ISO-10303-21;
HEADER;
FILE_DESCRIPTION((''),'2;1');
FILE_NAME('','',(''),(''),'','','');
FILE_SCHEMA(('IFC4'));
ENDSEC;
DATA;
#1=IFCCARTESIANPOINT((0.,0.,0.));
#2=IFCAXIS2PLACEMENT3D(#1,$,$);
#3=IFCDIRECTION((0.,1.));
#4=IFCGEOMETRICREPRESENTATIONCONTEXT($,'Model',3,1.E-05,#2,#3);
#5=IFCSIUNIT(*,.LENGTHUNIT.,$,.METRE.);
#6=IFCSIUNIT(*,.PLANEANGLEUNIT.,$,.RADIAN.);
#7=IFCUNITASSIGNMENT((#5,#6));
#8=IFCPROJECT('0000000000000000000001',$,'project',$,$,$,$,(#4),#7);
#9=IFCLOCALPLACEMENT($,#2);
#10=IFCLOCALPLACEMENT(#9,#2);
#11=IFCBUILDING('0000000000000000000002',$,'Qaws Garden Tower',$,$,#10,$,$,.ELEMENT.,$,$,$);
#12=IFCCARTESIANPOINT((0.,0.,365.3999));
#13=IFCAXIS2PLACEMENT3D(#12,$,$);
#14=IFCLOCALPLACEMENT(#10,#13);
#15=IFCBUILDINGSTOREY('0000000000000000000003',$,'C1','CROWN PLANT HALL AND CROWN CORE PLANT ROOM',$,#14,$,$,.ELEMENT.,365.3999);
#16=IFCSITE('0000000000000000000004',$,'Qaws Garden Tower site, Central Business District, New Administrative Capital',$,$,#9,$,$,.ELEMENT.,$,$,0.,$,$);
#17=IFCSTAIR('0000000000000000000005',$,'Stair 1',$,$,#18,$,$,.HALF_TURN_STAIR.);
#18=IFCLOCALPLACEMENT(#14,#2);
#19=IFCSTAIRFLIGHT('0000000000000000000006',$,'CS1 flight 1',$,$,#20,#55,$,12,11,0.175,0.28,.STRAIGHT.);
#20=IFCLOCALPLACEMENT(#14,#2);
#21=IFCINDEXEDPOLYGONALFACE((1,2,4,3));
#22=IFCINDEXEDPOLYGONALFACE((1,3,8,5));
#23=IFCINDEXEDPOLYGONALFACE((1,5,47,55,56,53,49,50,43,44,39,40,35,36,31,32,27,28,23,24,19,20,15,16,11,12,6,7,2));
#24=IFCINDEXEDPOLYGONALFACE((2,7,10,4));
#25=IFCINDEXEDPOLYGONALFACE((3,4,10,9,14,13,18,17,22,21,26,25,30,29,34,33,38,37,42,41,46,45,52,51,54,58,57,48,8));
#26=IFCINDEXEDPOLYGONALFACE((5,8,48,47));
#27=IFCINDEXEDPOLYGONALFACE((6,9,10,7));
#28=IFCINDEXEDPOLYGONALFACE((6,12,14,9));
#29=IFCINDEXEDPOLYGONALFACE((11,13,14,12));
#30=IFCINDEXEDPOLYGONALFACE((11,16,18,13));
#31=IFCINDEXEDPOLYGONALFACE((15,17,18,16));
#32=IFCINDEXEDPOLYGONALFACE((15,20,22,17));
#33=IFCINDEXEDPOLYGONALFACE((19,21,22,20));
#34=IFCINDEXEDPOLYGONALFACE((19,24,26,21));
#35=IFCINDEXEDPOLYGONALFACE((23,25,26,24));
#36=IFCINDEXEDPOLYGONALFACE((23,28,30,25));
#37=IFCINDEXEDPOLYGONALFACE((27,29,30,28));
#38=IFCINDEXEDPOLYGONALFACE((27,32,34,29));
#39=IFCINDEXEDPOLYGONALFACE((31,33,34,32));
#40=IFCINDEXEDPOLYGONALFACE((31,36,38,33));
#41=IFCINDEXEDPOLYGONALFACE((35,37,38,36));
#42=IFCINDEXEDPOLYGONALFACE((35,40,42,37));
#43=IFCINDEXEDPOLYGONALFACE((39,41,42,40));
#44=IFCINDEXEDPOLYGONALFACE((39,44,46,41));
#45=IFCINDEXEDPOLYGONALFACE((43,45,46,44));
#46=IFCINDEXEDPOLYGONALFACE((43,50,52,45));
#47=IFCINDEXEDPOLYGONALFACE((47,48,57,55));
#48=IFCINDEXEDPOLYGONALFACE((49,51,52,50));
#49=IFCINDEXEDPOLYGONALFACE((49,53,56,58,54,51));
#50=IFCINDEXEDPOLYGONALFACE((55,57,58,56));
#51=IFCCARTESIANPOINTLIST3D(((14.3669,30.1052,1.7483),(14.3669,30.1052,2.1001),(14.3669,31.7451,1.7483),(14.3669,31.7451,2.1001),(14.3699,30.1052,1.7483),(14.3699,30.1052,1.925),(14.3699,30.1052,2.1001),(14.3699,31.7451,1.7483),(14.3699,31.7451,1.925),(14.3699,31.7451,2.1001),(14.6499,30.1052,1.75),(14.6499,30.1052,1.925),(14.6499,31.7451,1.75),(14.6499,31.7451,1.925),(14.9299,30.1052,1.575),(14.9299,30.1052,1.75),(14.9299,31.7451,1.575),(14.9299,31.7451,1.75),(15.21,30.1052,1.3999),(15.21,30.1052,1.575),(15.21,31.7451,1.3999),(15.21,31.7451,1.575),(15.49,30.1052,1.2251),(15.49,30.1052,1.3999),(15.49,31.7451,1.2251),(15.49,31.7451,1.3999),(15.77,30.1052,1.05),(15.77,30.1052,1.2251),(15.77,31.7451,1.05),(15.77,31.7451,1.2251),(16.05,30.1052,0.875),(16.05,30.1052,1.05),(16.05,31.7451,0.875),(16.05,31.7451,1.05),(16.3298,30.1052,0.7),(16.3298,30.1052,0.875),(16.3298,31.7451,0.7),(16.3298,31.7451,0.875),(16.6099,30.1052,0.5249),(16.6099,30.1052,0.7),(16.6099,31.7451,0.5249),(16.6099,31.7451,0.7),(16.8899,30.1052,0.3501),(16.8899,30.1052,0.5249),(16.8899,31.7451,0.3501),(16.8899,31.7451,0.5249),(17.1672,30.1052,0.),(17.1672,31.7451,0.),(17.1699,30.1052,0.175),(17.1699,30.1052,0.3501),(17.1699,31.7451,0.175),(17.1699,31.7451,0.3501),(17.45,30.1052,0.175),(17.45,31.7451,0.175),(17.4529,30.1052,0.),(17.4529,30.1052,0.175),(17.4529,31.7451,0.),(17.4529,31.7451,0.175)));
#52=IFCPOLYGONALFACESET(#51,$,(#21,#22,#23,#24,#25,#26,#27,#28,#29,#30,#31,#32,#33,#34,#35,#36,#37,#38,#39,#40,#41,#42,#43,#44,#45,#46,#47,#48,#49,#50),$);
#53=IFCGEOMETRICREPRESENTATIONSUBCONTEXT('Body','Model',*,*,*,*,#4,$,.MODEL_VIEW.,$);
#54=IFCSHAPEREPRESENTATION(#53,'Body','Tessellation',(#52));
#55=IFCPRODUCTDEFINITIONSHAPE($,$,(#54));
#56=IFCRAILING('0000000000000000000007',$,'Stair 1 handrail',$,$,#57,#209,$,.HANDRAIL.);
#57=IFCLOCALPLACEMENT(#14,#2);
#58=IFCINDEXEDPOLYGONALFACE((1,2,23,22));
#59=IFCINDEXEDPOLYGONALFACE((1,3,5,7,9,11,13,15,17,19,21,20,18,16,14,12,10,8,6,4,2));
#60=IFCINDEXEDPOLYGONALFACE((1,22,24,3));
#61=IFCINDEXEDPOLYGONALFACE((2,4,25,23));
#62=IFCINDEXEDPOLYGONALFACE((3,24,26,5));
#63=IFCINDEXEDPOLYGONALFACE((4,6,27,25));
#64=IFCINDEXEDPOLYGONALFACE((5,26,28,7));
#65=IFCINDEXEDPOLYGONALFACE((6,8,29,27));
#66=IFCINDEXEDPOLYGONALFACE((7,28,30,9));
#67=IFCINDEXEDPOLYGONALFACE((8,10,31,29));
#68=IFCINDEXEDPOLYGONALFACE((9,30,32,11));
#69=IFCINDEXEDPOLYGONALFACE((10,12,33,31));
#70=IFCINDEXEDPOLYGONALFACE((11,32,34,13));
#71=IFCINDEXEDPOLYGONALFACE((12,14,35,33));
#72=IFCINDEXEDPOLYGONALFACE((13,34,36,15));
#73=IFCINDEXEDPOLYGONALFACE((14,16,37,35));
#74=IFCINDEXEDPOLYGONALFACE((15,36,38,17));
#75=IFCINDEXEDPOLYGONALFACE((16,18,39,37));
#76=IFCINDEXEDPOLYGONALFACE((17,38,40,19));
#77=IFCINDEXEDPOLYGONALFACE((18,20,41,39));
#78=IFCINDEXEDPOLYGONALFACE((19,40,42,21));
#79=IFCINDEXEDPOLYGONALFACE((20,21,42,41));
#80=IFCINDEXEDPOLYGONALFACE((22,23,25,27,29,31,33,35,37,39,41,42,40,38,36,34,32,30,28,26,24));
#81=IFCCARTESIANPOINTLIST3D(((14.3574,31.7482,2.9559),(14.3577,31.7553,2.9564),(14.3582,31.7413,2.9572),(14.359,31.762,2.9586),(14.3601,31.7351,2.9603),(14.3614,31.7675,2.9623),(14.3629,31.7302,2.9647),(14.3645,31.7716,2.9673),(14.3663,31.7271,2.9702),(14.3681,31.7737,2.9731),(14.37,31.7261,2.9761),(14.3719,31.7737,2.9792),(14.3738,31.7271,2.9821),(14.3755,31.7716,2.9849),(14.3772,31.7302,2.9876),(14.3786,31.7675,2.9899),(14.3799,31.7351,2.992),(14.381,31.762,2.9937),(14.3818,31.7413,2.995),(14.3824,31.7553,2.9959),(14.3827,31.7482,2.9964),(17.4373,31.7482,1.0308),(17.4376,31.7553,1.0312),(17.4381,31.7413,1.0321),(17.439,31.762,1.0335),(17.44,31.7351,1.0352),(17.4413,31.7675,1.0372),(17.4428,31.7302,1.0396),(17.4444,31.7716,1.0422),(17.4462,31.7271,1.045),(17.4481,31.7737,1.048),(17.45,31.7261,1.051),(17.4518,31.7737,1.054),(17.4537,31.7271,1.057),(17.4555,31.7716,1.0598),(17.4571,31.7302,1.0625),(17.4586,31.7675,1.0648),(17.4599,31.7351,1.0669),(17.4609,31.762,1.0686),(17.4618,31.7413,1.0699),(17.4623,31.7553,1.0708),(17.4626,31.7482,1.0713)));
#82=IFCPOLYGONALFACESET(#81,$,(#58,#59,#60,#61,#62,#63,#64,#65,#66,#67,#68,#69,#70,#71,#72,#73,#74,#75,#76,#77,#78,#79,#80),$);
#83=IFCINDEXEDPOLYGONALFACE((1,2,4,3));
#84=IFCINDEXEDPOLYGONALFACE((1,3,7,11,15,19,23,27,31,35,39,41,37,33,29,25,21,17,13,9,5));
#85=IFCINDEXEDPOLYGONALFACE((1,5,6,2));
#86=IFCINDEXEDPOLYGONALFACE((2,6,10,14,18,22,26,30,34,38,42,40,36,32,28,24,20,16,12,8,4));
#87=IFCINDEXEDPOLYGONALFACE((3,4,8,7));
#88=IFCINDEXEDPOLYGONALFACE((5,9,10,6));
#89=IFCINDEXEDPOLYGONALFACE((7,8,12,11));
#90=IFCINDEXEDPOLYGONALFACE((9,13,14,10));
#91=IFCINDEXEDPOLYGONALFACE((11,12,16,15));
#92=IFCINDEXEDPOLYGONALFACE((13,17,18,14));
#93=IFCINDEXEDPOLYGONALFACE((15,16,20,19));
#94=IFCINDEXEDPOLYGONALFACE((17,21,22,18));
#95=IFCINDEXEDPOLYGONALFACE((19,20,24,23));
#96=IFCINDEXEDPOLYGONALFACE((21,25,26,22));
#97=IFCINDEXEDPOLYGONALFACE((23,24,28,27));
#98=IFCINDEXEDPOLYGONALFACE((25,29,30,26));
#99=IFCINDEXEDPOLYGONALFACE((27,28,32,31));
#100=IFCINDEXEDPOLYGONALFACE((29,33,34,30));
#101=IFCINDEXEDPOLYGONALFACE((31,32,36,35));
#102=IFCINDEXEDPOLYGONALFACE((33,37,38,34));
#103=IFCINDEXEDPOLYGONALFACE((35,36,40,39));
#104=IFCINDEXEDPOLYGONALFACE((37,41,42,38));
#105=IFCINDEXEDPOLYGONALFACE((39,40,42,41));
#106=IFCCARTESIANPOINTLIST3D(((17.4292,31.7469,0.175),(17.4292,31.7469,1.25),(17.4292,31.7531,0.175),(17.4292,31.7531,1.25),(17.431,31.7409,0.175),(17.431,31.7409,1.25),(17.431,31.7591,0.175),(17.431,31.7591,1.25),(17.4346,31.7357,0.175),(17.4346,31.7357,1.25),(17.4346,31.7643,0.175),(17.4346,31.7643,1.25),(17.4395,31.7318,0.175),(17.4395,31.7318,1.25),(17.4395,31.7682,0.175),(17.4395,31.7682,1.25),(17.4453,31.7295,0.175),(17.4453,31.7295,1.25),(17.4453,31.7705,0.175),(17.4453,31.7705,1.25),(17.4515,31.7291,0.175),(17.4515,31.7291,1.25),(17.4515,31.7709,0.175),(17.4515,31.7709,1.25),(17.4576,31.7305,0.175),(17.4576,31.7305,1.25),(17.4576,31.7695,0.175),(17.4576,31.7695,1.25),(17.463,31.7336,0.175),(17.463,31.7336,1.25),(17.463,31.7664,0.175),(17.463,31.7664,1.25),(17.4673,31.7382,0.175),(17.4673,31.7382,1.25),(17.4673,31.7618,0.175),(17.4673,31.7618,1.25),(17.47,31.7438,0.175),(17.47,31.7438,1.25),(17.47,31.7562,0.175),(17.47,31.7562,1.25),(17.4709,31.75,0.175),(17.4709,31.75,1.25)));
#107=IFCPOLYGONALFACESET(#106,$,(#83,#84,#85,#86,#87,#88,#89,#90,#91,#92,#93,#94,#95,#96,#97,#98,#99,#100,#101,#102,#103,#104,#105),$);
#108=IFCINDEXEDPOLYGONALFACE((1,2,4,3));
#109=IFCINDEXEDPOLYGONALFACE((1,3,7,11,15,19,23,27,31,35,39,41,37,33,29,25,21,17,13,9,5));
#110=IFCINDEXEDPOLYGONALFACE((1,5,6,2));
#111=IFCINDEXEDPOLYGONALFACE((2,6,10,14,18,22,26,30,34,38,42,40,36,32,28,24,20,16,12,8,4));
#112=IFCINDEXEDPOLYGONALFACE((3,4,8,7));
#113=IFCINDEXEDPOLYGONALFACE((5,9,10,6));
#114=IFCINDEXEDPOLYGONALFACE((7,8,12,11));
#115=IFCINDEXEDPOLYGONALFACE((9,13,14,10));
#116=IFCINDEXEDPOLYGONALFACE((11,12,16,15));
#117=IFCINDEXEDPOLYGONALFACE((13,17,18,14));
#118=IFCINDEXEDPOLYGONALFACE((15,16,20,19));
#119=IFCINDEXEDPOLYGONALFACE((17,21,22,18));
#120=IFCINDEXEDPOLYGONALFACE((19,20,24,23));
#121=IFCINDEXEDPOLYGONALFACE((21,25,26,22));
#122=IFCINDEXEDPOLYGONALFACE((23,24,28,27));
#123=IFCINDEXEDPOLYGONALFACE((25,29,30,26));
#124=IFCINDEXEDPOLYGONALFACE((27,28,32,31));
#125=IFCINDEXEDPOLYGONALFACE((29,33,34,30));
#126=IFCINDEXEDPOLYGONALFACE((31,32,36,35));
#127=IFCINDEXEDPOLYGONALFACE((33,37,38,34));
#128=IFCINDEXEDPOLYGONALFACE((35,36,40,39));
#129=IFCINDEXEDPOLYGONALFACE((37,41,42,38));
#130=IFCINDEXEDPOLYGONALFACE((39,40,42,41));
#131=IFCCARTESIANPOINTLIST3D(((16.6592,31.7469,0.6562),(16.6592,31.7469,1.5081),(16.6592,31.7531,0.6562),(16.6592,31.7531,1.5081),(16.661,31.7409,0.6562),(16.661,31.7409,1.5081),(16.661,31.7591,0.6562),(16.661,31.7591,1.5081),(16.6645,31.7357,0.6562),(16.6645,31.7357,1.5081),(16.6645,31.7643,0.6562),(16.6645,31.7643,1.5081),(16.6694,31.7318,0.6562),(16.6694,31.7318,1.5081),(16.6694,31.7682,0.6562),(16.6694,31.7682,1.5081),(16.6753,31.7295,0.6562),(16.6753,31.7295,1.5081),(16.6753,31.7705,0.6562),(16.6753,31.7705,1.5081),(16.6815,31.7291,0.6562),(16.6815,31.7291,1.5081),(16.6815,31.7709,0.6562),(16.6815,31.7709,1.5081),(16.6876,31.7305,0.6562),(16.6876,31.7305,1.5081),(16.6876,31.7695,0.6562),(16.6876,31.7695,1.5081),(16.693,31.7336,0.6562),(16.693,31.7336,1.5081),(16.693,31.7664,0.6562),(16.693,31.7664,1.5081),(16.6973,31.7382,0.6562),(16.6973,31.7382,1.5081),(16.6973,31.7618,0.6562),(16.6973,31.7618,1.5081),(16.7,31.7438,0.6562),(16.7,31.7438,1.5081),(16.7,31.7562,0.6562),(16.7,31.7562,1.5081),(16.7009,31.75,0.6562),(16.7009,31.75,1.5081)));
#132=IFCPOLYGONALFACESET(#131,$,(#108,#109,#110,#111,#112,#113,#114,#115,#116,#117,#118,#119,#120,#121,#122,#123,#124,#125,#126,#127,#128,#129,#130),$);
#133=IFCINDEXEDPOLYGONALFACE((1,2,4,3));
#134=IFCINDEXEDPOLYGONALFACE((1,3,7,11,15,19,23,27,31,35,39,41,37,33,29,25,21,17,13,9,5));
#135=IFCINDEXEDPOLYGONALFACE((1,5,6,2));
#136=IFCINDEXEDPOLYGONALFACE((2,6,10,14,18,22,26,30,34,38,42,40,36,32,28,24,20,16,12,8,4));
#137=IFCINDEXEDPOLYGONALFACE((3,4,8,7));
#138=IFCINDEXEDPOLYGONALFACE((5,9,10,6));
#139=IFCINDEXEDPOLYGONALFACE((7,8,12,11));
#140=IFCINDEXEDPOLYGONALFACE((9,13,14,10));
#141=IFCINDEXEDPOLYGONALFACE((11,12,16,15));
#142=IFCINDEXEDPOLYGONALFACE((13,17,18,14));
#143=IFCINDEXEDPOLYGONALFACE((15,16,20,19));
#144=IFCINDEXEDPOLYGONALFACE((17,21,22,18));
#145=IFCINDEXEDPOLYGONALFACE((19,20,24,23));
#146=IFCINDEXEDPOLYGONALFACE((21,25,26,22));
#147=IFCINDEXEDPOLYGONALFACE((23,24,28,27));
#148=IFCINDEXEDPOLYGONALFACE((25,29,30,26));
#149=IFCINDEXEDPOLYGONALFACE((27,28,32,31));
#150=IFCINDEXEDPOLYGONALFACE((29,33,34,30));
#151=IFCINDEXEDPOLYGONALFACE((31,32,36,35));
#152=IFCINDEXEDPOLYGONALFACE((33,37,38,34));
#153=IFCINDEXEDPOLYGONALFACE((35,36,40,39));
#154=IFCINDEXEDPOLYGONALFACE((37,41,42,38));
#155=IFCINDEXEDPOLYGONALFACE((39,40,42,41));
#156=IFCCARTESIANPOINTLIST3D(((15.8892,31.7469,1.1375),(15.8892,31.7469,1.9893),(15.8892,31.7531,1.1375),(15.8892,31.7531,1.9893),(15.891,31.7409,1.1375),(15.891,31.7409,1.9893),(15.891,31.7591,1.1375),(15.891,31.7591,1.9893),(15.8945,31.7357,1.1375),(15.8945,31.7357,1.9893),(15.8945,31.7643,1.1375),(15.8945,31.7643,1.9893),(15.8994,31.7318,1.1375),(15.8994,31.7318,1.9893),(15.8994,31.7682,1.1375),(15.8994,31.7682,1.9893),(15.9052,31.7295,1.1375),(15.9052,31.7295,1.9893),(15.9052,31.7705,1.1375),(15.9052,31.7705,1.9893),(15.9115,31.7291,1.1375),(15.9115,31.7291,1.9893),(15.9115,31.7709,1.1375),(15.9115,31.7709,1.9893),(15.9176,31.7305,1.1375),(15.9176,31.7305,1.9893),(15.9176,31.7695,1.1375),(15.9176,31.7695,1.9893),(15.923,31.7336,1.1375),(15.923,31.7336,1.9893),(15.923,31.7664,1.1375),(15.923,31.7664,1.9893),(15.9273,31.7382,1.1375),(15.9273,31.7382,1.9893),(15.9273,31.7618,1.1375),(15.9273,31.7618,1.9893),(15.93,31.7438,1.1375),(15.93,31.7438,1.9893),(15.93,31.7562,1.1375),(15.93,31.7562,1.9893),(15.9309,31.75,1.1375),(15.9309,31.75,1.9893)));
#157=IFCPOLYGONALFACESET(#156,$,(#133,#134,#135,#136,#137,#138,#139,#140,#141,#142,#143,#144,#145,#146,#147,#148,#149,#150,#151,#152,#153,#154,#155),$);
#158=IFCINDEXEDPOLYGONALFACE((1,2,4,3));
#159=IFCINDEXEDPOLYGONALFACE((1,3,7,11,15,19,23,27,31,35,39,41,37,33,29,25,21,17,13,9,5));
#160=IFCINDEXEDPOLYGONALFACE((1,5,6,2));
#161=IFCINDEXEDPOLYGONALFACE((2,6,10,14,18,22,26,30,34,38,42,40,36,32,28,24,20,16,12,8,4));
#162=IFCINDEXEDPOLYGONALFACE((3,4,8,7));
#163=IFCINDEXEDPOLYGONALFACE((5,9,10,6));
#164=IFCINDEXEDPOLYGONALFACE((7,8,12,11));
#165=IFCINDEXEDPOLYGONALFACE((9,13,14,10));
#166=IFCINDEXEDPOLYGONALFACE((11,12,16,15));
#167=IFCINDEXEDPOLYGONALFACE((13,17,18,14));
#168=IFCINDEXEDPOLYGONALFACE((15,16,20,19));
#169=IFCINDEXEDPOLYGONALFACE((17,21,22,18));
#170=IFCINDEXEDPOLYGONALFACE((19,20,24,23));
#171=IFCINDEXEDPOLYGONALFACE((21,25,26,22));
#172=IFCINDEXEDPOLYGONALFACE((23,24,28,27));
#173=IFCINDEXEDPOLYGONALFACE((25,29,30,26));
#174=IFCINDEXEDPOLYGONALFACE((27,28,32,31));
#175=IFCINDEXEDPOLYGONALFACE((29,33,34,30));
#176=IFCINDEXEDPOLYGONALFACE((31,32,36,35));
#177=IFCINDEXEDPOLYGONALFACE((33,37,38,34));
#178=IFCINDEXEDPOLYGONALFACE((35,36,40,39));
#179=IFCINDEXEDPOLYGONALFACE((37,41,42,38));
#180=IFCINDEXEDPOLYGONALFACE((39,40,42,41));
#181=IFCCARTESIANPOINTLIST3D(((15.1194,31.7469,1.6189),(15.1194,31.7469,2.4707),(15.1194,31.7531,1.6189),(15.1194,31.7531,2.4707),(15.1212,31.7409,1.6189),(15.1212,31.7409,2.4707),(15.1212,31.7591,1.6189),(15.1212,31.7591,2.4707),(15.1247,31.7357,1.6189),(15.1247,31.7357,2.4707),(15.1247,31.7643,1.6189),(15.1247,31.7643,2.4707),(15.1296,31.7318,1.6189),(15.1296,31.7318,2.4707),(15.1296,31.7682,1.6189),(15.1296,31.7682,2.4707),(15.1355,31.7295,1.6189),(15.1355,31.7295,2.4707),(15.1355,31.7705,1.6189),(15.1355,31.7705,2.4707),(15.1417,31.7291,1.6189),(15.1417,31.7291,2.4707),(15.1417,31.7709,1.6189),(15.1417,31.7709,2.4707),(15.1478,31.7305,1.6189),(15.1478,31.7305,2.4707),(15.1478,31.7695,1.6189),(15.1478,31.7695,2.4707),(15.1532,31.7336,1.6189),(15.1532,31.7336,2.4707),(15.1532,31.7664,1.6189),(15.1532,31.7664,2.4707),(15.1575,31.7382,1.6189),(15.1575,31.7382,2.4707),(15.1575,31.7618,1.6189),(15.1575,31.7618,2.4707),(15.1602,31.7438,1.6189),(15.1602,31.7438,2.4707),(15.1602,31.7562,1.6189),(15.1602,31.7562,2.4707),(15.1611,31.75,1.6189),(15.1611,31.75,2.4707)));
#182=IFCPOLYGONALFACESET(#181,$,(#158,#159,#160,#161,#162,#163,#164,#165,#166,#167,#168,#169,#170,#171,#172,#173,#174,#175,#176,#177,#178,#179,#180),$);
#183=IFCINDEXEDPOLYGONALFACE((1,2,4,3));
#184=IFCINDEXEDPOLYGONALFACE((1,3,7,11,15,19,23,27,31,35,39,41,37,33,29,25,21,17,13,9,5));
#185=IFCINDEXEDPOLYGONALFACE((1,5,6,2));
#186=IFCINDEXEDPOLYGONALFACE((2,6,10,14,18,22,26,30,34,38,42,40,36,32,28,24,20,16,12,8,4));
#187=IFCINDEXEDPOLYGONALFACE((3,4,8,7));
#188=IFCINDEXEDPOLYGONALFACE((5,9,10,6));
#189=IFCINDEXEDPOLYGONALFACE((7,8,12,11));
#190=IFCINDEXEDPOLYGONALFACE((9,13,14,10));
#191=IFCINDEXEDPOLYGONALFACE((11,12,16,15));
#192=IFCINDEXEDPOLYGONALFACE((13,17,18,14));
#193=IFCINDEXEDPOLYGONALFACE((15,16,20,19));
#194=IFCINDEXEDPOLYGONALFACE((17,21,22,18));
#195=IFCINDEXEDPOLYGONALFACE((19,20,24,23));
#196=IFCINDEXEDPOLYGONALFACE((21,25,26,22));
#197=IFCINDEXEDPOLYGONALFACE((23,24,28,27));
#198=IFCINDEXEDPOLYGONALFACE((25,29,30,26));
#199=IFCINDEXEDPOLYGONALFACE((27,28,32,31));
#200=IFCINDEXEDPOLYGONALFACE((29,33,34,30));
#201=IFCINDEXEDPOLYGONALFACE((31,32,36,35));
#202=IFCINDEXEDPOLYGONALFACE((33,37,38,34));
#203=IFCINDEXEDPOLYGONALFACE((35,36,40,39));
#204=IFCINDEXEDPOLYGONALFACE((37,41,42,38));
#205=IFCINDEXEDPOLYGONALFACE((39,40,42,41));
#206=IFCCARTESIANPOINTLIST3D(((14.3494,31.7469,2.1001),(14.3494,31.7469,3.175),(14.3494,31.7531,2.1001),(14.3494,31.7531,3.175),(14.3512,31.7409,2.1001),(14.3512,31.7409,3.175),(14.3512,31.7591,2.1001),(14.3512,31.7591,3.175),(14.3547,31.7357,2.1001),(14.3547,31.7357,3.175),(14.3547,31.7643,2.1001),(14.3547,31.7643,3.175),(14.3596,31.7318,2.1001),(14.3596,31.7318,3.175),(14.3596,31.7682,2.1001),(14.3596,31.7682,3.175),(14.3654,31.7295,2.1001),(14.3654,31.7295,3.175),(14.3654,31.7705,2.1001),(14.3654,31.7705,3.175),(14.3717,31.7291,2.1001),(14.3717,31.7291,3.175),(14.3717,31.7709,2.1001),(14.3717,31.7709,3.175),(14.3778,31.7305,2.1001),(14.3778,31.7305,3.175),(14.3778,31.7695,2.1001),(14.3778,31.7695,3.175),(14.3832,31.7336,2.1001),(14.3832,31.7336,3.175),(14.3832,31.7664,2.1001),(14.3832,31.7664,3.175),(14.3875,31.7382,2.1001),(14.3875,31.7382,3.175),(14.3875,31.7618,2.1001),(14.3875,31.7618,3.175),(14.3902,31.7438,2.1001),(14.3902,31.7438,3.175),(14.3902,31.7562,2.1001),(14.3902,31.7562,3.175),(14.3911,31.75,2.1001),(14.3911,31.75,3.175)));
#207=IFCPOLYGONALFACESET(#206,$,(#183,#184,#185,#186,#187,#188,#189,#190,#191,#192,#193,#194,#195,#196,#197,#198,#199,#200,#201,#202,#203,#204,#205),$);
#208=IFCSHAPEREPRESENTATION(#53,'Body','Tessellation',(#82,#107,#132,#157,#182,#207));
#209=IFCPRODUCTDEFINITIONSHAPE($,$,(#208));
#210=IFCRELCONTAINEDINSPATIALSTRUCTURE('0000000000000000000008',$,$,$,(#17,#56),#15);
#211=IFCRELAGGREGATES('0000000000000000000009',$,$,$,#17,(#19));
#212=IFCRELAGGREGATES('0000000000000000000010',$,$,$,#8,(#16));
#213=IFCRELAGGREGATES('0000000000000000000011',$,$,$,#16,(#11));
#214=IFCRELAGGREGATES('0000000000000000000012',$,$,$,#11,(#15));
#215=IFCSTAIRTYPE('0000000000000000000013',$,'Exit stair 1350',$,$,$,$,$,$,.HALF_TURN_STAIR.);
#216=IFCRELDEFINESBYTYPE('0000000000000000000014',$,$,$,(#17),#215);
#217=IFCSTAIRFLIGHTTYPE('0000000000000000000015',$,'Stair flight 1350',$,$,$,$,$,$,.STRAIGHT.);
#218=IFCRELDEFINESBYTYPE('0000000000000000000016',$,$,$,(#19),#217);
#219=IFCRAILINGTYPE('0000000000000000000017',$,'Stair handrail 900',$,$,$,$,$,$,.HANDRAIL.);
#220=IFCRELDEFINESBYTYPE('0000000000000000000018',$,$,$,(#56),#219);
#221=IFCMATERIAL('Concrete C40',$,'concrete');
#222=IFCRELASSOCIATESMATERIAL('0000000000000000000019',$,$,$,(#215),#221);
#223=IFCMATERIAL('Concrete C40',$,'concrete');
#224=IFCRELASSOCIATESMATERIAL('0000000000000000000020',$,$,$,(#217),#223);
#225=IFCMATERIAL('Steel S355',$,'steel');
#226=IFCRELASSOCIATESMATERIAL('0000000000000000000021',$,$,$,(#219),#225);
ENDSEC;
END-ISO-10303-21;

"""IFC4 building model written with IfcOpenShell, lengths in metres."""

from ifc_helpers import new_model, si_unit, direction, frame, origin, origin_2d, place, context, subcontext, project, spatial, polyline, circle, outline, extrude, material, type_object, element, aggregate, save


model = new_model("IFC4")

# Units and contexts
model_context = context("Model", 3, precision=1e-05, world=origin(), true_north=direction((0.0, 1.0)))
body_context = subcontext(model_context, "Body", "Model", "MODEL_VIEW")
ifc_project = project(units=[si_unit("LENGTHUNIT", "METRE"), si_unit("PLANEANGLEUNIT", "RADIAN")], contexts=[model_context])

# Site, building, storey
site_placement = place(None, origin())
site = spatial("IfcSite", under=ifc_project, at=site_placement, Name="Qaws Garden Tower site, Central Business District, New Administrative Capital", CompositionType="ELEMENT", RefElevation=0.0)
building_placement = place(site_placement, origin())
building = spatial("IfcBuilding", under=site, at=building_placement, Name="Qaws Garden Tower", CompositionType="ELEMENT")
storey_placement = place(building_placement, frame((0.0, 0.0, 365.3999)))
storey = spatial("IfcBuildingStorey", under=building, at=storey_placement, Name="C1", Description="CROWN PLANT HALL AND CROWN CORE PLANT ROOM", CompositionType="ELEMENT", Elevation=365.3999)

# Stair, stair flight
ifc_material_1 = material(Name="Concrete C40", Category="concrete")
stair_type = type_object("IfcStairType", Name="Exit stair 1350", PredefinedType="HALF_TURN_STAIR", material=ifc_material_1)
stair_placement = place(storey_placement, origin())
stair = element("IfcStair", 1, at=stair_placement, inside=storey, type_object=stair_type, Name="Stair 1", PredefinedType="HALF_TURN_STAIR")
ifc_material_2 = material(Name="Concrete C40", Category="concrete")
stair_flight_type = type_object("IfcStairFlightType", Name="Stair flight 1350", PredefinedType="STRAIGHT", material=ifc_material_2)
stair_flight_placement = place(storey_placement, frame((17.45, 30.925, 0.0), z_axis=(0.0, 0.0, 1.0), x_axis=(-1.0, 0.0, 0.0)))
stair_flight = element("IfcStairFlight", 2, at=stair_flight_placement, type_object=stair_flight_type, Name="CS1 flight 1", NumberOfRisers=12, NumberOfTreads=11, PredefinedType="STRAIGHT", RiserHeight=0.175, TreadLength=0.28, context=body_context, shape_type="SweptSolid", body=[
    extrude(outline(polyline([(-0.0029, 0.0), (-0.0029, 0.175), (0.0, 0.175), (0.28, 0.175), (0.28, 0.3501), (0.5601, 0.3501), (0.5601, 0.5249), (0.8401, 0.5249), (0.8401, 0.7), (1.1201, 0.7), (1.1201, 0.875), (1.3999, 0.875), (1.3999, 1.05), (1.6799, 1.05), (1.6799, 1.2251), (1.96, 1.2251), (1.96, 1.3999), (2.24, 1.3999), (2.24, 1.575), (2.52, 1.575), (2.52, 1.75), (2.8, 1.75), (2.8, 1.925), (3.0801, 1.925), (3.0801, 2.1001), (3.083, 2.1001), (3.083, 1.7483), (3.0801, 1.7483), (0.2827, 0.0), (-0.0029, 0.0)])), frame((0.0, 0.8198, 0.0), z_axis=(0.0, -1.0, 0.0), x_axis=(1.0, 0.0, 0.0)), (0.0, 0.0, 1.0), 1.6399),
])
aggregate(stair, [stair_flight])

# Railing
ifc_material_3 = material(Name="Steel S355", Category="steel")
railing_type = type_object("IfcRailingType", Name="Stair handrail 900", PredefinedType="HANDRAIL", material=ifc_material_3)
railing_placement = place(storey_placement, frame((17.45, 31.75, 0.175)))
element("IfcRailing", 3, at=railing_placement, inside=storey, type_object=railing_type, Name="Stair 1 handrail", PredefinedType="HANDRAIL", context=body_context, shape_type="SweptSolid", body=[
    extrude(circle(Radius=0.0239, at=origin_2d()), frame((0.0, 0.0, 0.876), z_axis=(-0.847979, 0.0, 0.530029), x_axis=(0.0, -1.0, 0.0)), (0.0, 0.0, 1.0), 3.6321),
    extrude(circle(Radius=0.021, at=origin_2d()), origin(), (0.0, 0.0, 1.0), 1.075),
    extrude(circle(Radius=0.021, at=origin_2d()), frame((-0.77, 0.0, 0.4812)), (0.0, 0.0, 1.0), 0.8518),
    extrude(circle(Radius=0.021, at=origin_2d()), frame((-1.54, 0.0, 0.9624)), (0.0, 0.0, 1.0), 0.8518),
    extrude(circle(Radius=0.021, at=origin_2d()), frame((-2.3098, 0.0, 1.4438)), (0.0, 0.0, 1.0), 0.8518),
    extrude(circle(Radius=0.021, at=origin_2d()), frame((-3.0798, 0.0, 1.925)), (0.0, 0.0, 1.0), 1.075),
])

save(model, "model.ifc")
